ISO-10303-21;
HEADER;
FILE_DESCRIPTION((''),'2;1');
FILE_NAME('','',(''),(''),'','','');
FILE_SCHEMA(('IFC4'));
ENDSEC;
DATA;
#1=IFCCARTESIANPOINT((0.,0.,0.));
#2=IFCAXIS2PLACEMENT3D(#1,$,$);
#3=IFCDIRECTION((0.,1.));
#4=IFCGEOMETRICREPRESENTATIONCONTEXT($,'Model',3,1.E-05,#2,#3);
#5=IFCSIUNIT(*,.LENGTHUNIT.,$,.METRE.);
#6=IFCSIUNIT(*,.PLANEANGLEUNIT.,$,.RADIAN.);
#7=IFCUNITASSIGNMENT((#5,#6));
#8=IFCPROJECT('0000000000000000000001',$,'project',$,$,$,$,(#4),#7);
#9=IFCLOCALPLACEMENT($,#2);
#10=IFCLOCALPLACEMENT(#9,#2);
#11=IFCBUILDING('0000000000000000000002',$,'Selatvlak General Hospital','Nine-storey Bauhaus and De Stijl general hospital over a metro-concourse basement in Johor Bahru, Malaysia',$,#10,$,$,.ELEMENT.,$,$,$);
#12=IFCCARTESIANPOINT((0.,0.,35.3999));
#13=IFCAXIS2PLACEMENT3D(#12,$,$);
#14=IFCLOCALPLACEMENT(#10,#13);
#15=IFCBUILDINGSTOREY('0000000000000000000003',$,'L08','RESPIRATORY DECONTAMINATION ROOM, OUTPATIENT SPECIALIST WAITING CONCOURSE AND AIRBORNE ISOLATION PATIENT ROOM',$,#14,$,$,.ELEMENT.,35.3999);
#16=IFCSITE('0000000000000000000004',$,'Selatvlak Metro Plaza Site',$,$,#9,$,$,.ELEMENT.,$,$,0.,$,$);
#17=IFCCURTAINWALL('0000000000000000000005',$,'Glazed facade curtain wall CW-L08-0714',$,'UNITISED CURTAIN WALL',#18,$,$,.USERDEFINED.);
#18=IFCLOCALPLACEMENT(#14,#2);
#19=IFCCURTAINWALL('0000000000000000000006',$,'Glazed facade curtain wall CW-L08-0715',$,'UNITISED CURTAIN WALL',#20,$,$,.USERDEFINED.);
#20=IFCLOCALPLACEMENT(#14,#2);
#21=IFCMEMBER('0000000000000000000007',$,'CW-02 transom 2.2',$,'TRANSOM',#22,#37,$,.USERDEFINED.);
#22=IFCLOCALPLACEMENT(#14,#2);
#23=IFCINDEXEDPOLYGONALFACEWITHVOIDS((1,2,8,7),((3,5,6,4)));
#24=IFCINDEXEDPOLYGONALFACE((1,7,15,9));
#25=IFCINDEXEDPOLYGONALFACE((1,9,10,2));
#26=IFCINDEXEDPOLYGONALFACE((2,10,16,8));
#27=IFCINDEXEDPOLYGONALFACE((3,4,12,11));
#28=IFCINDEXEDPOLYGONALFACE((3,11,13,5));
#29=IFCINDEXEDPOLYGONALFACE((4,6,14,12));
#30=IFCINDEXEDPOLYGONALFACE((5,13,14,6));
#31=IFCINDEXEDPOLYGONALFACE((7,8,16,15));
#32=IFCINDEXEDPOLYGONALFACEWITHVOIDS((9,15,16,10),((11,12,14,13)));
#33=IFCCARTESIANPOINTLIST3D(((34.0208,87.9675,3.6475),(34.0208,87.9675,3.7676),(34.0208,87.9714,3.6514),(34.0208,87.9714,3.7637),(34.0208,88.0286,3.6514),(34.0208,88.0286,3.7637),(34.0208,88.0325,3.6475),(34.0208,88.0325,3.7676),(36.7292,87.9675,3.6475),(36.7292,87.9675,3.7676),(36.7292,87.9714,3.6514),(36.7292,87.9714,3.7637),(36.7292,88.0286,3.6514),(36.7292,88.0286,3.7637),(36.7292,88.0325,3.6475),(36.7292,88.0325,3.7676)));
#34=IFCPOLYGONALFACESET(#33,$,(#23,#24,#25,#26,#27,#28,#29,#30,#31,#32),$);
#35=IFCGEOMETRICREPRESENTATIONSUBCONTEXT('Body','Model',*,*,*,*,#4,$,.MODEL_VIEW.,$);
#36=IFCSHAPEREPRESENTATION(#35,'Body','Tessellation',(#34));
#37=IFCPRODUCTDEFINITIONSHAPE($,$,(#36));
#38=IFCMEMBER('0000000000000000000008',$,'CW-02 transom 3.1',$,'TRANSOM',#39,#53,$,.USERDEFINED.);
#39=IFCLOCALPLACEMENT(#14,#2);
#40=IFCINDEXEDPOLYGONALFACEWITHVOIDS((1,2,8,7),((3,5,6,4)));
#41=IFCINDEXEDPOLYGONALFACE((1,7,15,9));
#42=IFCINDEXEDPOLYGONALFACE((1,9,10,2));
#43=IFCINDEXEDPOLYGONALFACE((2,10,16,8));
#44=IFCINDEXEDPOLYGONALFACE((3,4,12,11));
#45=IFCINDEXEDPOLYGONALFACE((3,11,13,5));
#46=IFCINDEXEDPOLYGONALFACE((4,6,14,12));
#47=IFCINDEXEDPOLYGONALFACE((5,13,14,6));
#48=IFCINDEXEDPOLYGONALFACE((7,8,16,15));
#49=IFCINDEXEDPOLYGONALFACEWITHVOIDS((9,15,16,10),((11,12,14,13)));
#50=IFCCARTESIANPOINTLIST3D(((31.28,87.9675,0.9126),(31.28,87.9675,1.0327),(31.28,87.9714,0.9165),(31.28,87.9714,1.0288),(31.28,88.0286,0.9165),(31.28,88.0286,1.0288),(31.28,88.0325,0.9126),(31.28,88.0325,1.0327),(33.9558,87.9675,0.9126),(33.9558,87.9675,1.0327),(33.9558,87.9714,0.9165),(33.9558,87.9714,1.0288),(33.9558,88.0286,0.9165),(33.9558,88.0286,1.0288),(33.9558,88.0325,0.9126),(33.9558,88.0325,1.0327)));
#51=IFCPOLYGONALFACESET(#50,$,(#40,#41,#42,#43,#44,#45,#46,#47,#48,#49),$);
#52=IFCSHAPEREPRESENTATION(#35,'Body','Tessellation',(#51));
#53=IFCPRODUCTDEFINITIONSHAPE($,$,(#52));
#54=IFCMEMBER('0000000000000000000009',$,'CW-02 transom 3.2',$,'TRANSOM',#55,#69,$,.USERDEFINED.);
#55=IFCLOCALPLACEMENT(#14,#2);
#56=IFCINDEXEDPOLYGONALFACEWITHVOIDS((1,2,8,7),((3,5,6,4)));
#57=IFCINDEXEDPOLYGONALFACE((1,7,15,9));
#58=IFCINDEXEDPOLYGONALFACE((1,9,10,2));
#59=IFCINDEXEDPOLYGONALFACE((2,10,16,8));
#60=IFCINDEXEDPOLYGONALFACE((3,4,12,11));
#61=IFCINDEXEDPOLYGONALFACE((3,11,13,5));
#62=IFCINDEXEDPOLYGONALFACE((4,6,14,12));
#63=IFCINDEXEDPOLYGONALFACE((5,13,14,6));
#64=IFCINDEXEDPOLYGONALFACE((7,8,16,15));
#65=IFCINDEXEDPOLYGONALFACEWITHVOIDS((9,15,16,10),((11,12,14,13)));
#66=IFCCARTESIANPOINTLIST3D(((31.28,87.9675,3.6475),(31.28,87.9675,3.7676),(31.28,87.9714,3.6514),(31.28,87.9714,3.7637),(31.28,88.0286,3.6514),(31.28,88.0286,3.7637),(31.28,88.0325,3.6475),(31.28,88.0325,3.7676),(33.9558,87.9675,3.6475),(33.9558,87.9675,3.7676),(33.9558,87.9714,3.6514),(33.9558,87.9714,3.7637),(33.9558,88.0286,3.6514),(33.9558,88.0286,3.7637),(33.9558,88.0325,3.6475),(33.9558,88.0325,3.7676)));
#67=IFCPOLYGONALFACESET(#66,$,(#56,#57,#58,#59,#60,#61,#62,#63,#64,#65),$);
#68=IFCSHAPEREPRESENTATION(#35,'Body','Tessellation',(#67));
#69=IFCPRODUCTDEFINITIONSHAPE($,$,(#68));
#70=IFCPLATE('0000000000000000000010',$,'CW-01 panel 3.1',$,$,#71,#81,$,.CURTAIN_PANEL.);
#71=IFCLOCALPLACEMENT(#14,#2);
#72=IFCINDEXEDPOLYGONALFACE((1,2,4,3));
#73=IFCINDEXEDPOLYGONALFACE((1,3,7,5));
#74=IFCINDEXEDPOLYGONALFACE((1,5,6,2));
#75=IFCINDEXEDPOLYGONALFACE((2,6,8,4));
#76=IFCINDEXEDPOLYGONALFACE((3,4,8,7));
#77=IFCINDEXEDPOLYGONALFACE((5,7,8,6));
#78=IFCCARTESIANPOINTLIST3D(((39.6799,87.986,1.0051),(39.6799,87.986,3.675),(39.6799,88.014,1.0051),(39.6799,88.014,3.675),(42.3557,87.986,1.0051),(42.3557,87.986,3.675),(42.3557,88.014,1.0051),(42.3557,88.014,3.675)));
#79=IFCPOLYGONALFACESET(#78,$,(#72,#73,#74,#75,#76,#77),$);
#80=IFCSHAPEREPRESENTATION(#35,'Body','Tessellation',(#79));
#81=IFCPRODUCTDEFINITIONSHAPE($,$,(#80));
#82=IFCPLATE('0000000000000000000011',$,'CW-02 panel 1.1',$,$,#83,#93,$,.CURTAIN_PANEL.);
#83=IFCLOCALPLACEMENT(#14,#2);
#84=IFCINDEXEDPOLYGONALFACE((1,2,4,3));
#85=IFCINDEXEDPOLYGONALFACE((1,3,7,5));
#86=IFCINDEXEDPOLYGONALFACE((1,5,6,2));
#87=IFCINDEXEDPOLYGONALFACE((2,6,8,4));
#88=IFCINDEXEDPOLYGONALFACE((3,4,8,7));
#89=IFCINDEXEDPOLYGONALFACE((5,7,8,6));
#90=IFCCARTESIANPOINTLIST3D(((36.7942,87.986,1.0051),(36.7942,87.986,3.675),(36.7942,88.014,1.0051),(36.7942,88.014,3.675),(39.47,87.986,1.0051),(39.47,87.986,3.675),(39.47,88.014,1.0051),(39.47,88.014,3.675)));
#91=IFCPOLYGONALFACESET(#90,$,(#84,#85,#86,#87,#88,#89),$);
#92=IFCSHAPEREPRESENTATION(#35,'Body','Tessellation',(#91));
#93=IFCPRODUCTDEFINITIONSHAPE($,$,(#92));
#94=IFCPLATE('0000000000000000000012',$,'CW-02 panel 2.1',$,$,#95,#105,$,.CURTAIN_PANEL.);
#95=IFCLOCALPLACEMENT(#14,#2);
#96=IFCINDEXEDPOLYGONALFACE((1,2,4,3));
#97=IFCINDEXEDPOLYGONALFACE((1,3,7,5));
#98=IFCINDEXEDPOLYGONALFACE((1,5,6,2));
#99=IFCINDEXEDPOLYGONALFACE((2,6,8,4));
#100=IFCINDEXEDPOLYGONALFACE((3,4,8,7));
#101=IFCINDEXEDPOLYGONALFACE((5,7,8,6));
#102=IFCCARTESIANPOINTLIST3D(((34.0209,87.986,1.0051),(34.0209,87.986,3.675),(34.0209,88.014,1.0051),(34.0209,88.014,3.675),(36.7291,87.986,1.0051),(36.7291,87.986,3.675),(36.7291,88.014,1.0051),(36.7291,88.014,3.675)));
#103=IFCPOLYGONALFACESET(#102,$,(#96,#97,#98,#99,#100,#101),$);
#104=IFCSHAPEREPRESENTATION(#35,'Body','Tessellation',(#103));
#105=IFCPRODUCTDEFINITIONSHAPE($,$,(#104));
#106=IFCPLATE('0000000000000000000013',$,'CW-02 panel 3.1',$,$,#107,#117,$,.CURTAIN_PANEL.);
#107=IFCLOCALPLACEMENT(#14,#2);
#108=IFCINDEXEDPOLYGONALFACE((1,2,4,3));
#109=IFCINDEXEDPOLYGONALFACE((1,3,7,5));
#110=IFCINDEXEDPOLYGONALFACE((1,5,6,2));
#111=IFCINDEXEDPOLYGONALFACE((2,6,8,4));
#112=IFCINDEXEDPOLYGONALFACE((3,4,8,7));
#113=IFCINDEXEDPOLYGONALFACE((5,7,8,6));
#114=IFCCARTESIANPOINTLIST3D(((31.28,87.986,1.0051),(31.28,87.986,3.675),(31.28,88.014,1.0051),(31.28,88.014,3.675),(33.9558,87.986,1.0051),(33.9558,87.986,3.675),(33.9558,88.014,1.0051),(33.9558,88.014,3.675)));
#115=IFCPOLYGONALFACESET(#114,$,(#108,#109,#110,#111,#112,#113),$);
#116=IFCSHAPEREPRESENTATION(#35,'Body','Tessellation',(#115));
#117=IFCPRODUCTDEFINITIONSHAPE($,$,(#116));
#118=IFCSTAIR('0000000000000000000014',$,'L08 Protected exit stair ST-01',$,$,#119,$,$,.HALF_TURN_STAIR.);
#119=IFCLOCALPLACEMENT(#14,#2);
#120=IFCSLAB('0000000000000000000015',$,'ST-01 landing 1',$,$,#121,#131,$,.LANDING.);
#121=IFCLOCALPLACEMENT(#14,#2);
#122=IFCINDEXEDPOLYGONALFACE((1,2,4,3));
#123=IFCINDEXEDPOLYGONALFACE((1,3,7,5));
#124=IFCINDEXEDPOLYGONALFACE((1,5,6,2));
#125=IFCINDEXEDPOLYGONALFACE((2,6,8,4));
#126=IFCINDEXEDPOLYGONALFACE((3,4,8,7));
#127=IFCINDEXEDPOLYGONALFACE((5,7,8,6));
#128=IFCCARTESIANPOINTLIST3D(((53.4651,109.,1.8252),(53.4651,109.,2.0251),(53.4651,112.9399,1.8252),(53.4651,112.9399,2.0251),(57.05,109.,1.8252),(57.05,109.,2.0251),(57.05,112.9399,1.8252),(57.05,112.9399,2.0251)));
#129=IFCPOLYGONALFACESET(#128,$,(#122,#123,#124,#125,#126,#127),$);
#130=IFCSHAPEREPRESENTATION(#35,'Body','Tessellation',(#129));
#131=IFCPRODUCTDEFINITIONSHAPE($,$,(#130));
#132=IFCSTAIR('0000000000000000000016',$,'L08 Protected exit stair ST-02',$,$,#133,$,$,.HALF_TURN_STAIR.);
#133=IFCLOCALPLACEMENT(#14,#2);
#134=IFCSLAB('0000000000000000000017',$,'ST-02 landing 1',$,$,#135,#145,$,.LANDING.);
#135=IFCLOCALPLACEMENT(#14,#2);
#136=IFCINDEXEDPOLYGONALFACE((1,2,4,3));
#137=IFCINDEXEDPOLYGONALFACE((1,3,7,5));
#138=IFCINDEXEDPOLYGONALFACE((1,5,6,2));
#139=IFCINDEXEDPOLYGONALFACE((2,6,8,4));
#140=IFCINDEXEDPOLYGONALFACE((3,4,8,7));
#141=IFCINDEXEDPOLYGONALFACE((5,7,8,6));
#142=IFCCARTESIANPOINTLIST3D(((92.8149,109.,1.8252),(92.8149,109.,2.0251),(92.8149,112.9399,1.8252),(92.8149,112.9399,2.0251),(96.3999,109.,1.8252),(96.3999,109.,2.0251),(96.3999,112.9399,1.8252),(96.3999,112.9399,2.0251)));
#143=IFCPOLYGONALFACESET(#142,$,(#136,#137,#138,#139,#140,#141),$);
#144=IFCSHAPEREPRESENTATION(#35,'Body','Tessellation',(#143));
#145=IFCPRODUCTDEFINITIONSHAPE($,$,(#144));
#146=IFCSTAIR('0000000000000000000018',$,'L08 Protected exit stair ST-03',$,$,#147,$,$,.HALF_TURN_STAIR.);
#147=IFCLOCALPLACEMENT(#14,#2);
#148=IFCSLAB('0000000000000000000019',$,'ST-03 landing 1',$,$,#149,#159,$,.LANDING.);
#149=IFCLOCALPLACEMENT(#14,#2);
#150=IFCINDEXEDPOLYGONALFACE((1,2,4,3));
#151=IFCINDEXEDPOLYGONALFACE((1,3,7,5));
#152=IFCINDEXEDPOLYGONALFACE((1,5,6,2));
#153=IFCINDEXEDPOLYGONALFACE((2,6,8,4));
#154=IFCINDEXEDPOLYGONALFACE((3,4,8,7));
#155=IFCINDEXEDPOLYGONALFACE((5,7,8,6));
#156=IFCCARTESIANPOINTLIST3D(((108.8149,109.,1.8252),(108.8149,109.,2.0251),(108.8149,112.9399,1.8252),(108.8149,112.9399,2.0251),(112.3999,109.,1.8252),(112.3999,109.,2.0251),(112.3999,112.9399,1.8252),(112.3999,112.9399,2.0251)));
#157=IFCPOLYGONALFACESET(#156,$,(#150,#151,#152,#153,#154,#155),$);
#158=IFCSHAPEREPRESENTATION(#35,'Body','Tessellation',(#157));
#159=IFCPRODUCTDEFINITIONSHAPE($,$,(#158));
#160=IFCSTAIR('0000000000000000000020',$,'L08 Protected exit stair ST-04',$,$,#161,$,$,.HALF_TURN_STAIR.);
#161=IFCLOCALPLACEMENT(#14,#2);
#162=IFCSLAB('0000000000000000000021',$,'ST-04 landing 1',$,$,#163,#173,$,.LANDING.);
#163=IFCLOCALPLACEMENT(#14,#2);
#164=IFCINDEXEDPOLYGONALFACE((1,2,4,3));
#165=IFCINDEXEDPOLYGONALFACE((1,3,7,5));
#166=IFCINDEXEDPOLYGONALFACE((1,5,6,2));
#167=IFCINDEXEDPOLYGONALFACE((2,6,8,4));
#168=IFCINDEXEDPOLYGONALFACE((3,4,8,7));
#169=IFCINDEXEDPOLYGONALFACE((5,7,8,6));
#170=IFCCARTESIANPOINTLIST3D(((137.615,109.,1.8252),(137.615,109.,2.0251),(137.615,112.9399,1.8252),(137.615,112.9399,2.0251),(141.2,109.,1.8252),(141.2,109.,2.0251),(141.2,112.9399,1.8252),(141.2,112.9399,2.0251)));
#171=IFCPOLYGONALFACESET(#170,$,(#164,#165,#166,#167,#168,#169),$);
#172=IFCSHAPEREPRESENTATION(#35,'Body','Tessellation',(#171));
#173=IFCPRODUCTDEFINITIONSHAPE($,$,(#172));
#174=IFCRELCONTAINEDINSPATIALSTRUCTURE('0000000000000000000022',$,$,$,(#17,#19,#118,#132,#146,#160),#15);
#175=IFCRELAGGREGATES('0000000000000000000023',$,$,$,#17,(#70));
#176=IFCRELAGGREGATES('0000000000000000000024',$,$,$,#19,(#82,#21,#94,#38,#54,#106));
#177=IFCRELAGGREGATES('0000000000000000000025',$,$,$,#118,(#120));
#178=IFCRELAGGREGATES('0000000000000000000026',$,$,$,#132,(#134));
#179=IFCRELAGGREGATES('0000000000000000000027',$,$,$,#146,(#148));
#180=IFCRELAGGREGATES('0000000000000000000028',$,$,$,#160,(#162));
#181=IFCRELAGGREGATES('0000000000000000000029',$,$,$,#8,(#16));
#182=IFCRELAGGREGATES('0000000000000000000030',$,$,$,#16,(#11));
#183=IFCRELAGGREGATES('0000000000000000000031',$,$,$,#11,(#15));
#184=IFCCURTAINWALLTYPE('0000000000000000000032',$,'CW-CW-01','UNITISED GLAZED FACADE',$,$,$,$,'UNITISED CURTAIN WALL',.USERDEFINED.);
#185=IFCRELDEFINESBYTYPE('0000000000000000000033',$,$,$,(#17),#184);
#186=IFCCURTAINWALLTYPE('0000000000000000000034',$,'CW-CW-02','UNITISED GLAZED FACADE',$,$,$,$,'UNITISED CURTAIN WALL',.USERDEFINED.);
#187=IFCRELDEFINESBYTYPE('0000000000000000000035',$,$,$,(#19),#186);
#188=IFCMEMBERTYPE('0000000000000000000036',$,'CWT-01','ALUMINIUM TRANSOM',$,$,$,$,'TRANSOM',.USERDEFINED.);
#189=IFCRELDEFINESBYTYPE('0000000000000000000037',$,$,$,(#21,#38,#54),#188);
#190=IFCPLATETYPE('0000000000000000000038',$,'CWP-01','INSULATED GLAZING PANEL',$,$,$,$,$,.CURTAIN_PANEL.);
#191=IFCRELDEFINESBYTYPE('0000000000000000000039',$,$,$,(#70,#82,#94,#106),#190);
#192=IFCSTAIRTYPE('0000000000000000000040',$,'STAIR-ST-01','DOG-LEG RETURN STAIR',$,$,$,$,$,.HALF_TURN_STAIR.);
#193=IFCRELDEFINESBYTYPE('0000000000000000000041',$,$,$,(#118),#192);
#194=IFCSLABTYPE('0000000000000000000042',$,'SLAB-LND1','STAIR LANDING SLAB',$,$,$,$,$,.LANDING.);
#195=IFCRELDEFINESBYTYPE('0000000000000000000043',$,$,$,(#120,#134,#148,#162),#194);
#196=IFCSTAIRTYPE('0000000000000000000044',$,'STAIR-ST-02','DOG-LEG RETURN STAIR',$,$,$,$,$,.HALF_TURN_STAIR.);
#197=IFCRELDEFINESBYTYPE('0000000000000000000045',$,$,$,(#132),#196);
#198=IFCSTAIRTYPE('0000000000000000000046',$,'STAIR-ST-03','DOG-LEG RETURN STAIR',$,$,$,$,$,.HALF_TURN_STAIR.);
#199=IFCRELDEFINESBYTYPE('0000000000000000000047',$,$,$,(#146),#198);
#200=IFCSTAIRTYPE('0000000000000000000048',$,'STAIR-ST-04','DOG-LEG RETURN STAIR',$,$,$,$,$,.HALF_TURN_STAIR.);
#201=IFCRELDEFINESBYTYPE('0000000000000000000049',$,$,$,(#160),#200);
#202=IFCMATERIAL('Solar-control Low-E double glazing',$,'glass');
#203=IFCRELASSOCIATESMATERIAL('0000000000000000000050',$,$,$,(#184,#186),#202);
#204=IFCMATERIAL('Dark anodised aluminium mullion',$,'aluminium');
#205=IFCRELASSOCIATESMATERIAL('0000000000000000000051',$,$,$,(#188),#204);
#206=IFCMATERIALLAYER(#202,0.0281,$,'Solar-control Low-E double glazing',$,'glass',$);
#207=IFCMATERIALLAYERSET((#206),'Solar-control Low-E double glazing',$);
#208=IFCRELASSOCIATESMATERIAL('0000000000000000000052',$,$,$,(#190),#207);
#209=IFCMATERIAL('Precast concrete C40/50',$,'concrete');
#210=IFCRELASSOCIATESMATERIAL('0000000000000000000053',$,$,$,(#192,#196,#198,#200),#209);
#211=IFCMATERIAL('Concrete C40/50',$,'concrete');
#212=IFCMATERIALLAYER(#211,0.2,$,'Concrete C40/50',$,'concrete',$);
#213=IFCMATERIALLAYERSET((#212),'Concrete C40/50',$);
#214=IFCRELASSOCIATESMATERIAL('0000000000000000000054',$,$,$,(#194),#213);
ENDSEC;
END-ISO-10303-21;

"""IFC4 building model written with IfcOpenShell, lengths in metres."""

from ifc_helpers import new_model, si_unit, direction, frame, origin, origin_2d, place, context, subcontext, project, spatial, polyline, rectangle, hollow_rectangle, outline, extrude, material, layer, layer_set, material_profile, profile_set, type_object, element, aggregate, save


model = new_model("IFC4")

# Units and contexts
model_context = context("Model", 3, precision=1e-05, world=origin(), true_north=direction((0.0, 1.0)))
body_context = subcontext(model_context, "Body", "Model", "MODEL_VIEW")
ifc_project = project(units=[si_unit("LENGTHUNIT", "METRE"), si_unit("PLANEANGLEUNIT", "RADIAN")], contexts=[model_context])

# Site, building, storey
site_placement = place(None, origin())
site = spatial("IfcSite", under=ifc_project, at=site_placement, Name="Selatvlak Metro Plaza Site", CompositionType="ELEMENT", RefElevation=0.0)
building_placement = place(site_placement, origin())
building = spatial("IfcBuilding", under=site, at=building_placement, Name="Selatvlak General Hospital", Description="Nine-storey Bauhaus and De Stijl general hospital over a metro-concourse basement in Johor Bahru, Malaysia", CompositionType="ELEMENT")
storey_placement = place(building_placement, frame((0.0, 0.0, 35.3999)))
storey = spatial("IfcBuildingStorey", under=building, at=storey_placement, Name="L08", Description="RESPIRATORY DECONTAMINATION ROOM, OUTPATIENT SPECIALIST WAITING CONCOURSE AND AIRBORNE ISOLATION PATIENT ROOM", CompositionType="ELEMENT", Elevation=35.3999)

# Curtain walls
ifc_material_1 = material(Name="Solar-control Low-E double glazing", Category="glass")
curtain_wall_type_1 = type_object("IfcCurtainWallType", Name="CW-CW-01", Description="UNITISED GLAZED FACADE", ElementType="UNITISED CURTAIN WALL", PredefinedType="USERDEFINED", material=ifc_material_1)
curtain_wall_1_placement = place(storey_placement, origin())
curtain_wall_1 = element("IfcCurtainWall", 1, at=curtain_wall_1_placement, inside=storey, type_object=curtain_wall_type_1, Name="Glazed facade curtain wall CW-L08-0714", ObjectType="UNITISED CURTAIN WALL", PredefinedType="USERDEFINED")
ifc_material_2 = material(Name="Dark anodised aluminium mullion", Category="aluminium")
curtain_wall_type_2 = type_object("IfcCurtainWallType", Name="CW-CW-02", Description="UNITISED GLAZED FACADE", ElementType="UNITISED CURTAIN WALL", PredefinedType="USERDEFINED", material=ifc_material_1)
curtain_wall_2_placement = place(storey_placement, origin())
curtain_wall_2 = element("IfcCurtainWall", 2, at=curtain_wall_2_placement, inside=storey, type_object=curtain_wall_type_2, Name="Glazed facade curtain wall CW-L08-0715", ObjectType="UNITISED CURTAIN WALL", PredefinedType="USERDEFINED")

# Members
ifc_material_profile_1 = material_profile(ifc_material_2, hollow_rectangle(XDim=0.0649, YDim=0.1201, WallThickness=0.0039, at=origin_2d()), Name="AL-TRN 65x120x4")
ifc_profile_set_1 = profile_set([ifc_material_profile_1], Name="Dark anodised aluminium mullion")
member_type_1 = type_object("IfcMemberType", Name="CWT-01", Description="ALUMINIUM TRANSOM", ElementType="TRANSOM", PredefinedType="USERDEFINED", material=ifc_profile_set_1)
member_1_placement = place(storey_placement, frame((36.7292, 88.0, 3.7075), z_axis=(-1.0, 0.0, 0.0), x_axis=(0.0, -1.0, 0.0)))
member_1 = element("IfcMember", 3, at=member_1_placement, type_object=member_type_1, Name="CW-02 transom 2.2", ObjectType="TRANSOM", PredefinedType="USERDEFINED", context=body_context, shape_type="SweptSolid", body=[
    extrude(hollow_rectangle(XDim=0.0649, YDim=0.1201, WallThickness=0.0039, at=origin_2d()), origin(), (0.0, 0.0, 1.0), 2.7085),
])
member_2_placement = place(storey_placement, frame((33.9558, 88.0, 0.9727), z_axis=(-1.0, 0.0, 0.0), x_axis=(0.0, -1.0, 0.0)))
member_2 = element("IfcMember", 4, at=member_2_placement, type_object=member_type_1, Name="CW-02 transom 3.1", ObjectType="TRANSOM", PredefinedType="USERDEFINED", context=body_context, shape_type="SweptSolid", body=[
    extrude(hollow_rectangle(XDim=0.0649, YDim=0.1201, WallThickness=0.0039, at=origin_2d()), origin(), (0.0, 0.0, 1.0), 2.6758),
])
member_3_placement = place(storey_placement, frame((33.9558, 88.0, 3.7075), z_axis=(-1.0, 0.0, 0.0), x_axis=(0.0, -1.0, 0.0)))
member_3 = element("IfcMember", 5, at=member_3_placement, type_object=member_type_1, Name="CW-02 transom 3.2", ObjectType="TRANSOM", PredefinedType="USERDEFINED", context=body_context, shape_type="SweptSolid", body=[
    extrude(hollow_rectangle(XDim=0.0649, YDim=0.1201, WallThickness=0.0039, at=origin_2d()), origin(), (0.0, 0.0, 1.0), 2.6758),
])

# Plates
ifc_layer_1 = layer(ifc_material_1, 0.0281, Name="Solar-control Low-E double glazing", Category="glass")
ifc_layer_set_1 = layer_set([ifc_layer_1], Name="Solar-control Low-E double glazing")
plate_type = type_object("IfcPlateType", Name="CWP-01", Description="INSULATED GLAZING PANEL", PredefinedType="CURTAIN_PANEL", material=ifc_layer_set_1)
plate_1_placement = place(storey_placement, frame((41.0178, 88.0, 1.0051), z_axis=(0.0, 0.0, 1.0), x_axis=(-1.0, 0.0, 0.0)))
plate_1 = element("IfcPlate", 6, at=plate_1_placement, type_object=plate_type, Name="CW-01 panel 3.1", PredefinedType="CURTAIN_PANEL", context=body_context, shape_type="SweptSolid", body=[
    extrude(rectangle(XDim=2.6758, YDim=0.0281, at=origin_2d()), origin(), (0.0, 0.0, 1.0), 2.6699),
])
aggregate(curtain_wall_1, [plate_1])
plate_2_placement = place(storey_placement, frame((38.1321, 88.0, 1.0051), z_axis=(0.0, 0.0, 1.0), x_axis=(-1.0, 0.0, 0.0)))
plate_2 = element("IfcPlate", 7, at=plate_2_placement, type_object=plate_type, Name="CW-02 panel 1.1", PredefinedType="CURTAIN_PANEL", context=body_context, shape_type="SweptSolid", body=[
    extrude(rectangle(XDim=2.6758, YDim=0.0281, at=origin_2d()), origin(), (0.0, 0.0, 1.0), 2.6699),
])
plate_3_placement = place(storey_placement, frame((35.375, 88.0, 1.0051), z_axis=(0.0, 0.0, 1.0), x_axis=(-1.0, 0.0, 0.0)))
plate_3 = element("IfcPlate", 8, at=plate_3_placement, type_object=plate_type, Name="CW-02 panel 2.1", PredefinedType="CURTAIN_PANEL", context=body_context, shape_type="SweptSolid", body=[
    extrude(rectangle(XDim=2.7083, YDim=0.0281, at=origin_2d()), origin(), (0.0, 0.0, 1.0), 2.6699),
])
plate_4_placement = place(storey_placement, frame((32.6179, 88.0, 1.0051), z_axis=(0.0, 0.0, 1.0), x_axis=(-1.0, 0.0, 0.0)))
plate_4 = element("IfcPlate", 9, at=plate_4_placement, type_object=plate_type, Name="CW-02 panel 3.1", PredefinedType="CURTAIN_PANEL", context=body_context, shape_type="SweptSolid", body=[
    extrude(rectangle(XDim=2.6758, YDim=0.0281, at=origin_2d()), origin(), (0.0, 0.0, 1.0), 2.6699),
])
aggregate(curtain_wall_2, [plate_2, member_1, plate_3, member_2, member_3, plate_4])

# Stairs, slabs
ifc_material_3 = material(Name="Precast concrete C40/50", Category="concrete")
stair_type_1 = type_object("IfcStairType", Name="STAIR-ST-01", Description="DOG-LEG RETURN STAIR", PredefinedType="HALF_TURN_STAIR", material=ifc_material_3)
stair_1_placement = place(storey_placement, origin())
stair_1 = element("IfcStair", 10, at=stair_1_placement, inside=storey, type_object=stair_type_1, Name="L08 Protected exit stair ST-01", PredefinedType="HALF_TURN_STAIR")
ifc_material_4 = material(Name="Concrete C40/50", Category="concrete")
ifc_layer_2 = layer(ifc_material_4, 0.2, Name="Concrete C40/50", Category="concrete")
ifc_layer_set_2 = layer_set([ifc_layer_2], Name="Concrete C40/50")
slab_type_1 = type_object("IfcSlabType", Name="SLAB-LND1", Description="STAIR LANDING SLAB", PredefinedType="LANDING", material=ifc_layer_set_2)
slab_1_placement = place(storey_placement, frame((0.0, 0.0, 1.8252)))
slab_1 = element("IfcSlab", 11, at=slab_1_placement, type_object=slab_type_1, Name="ST-01 landing 1", PredefinedType="LANDING", context=body_context, shape_type="SweptSolid", body=[
    extrude(outline(polyline([(53.4651, 109.0), (57.05, 109.0), (57.05, 112.9399), (53.4651, 112.9399), (53.4651, 109.0)])), origin(), (0.0, 0.0, 1.0), 0.2),
])
aggregate(stair_1, [slab_1])
stair_type_2 = type_object("IfcStairType", Name="STAIR-ST-02", Description="DOG-LEG RETURN STAIR", PredefinedType="HALF_TURN_STAIR", material=ifc_material_3)
stair_2_placement = place(storey_placement, origin())
stair_2 = element("IfcStair", 12, at=stair_2_placement, inside=storey, type_object=stair_type_2, Name="L08 Protected exit stair ST-02", PredefinedType="HALF_TURN_STAIR")
slab_2_placement = place(storey_placement, frame((0.0, 0.0, 1.8252)))
slab_2 = element("IfcSlab", 13, at=slab_2_placement, type_object=slab_type_1, Name="ST-02 landing 1", PredefinedType="LANDING", context=body_context, shape_type="SweptSolid", body=[
    extrude(outline(polyline([(92.8149, 109.0), (96.3999, 109.0), (96.3999, 112.9399), (92.8149, 112.9399), (92.8149, 109.0)])), origin(), (0.0, 0.0, 1.0), 0.2),
])
aggregate(stair_2, [slab_2])
stair_type_3 = type_object("IfcStairType", Name="STAIR-ST-03", Description="DOG-LEG RETURN STAIR", PredefinedType="HALF_TURN_STAIR", material=ifc_material_3)
stair_3_placement = place(storey_placement, origin())
stair_3 = element("IfcStair", 14, at=stair_3_placement, inside=storey, type_object=stair_type_3, Name="L08 Protected exit stair ST-03", PredefinedType="HALF_TURN_STAIR")
slab_3_placement = place(storey_placement, frame((0.0, 0.0, 1.8252)))
slab_3 = element("IfcSlab", 15, at=slab_3_placement, type_object=slab_type_1, Name="ST-03 landing 1", PredefinedType="LANDING", context=body_context, shape_type="SweptSolid", body=[
    extrude(outline(polyline([(108.8149, 109.0), (112.3999, 109.0), (112.3999, 112.9399), (108.8149, 112.9399), (108.8149, 109.0)])), origin(), (0.0, 0.0, 1.0), 0.2),
])
aggregate(stair_3, [slab_3])
stair_type_4 = type_object("IfcStairType", Name="STAIR-ST-04", Description="DOG-LEG RETURN STAIR", PredefinedType="HALF_TURN_STAIR", material=ifc_material_3)
stair_4_placement = place(storey_placement, origin())
stair_4 = element("IfcStair", 16, at=stair_4_placement, inside=storey, type_object=stair_type_4, Name="L08 Protected exit stair ST-04", PredefinedType="HALF_TURN_STAIR")
slab_4_placement = place(storey_placement, frame((0.0, 0.0, 1.8252)))
slab_4 = element("IfcSlab", 17, at=slab_4_placement, type_object=slab_type_1, Name="ST-04 landing 1", PredefinedType="LANDING", context=body_context, shape_type="SweptSolid", body=[
    extrude(outline(polyline([(137.615, 109.0), (141.2, 109.0), (141.2, 112.9399), (137.615, 112.9399), (137.615, 109.0)])), origin(), (0.0, 0.0, 1.0), 0.2),
])
aggregate(stair_4, [slab_4])

save(model, "model.ifc")
